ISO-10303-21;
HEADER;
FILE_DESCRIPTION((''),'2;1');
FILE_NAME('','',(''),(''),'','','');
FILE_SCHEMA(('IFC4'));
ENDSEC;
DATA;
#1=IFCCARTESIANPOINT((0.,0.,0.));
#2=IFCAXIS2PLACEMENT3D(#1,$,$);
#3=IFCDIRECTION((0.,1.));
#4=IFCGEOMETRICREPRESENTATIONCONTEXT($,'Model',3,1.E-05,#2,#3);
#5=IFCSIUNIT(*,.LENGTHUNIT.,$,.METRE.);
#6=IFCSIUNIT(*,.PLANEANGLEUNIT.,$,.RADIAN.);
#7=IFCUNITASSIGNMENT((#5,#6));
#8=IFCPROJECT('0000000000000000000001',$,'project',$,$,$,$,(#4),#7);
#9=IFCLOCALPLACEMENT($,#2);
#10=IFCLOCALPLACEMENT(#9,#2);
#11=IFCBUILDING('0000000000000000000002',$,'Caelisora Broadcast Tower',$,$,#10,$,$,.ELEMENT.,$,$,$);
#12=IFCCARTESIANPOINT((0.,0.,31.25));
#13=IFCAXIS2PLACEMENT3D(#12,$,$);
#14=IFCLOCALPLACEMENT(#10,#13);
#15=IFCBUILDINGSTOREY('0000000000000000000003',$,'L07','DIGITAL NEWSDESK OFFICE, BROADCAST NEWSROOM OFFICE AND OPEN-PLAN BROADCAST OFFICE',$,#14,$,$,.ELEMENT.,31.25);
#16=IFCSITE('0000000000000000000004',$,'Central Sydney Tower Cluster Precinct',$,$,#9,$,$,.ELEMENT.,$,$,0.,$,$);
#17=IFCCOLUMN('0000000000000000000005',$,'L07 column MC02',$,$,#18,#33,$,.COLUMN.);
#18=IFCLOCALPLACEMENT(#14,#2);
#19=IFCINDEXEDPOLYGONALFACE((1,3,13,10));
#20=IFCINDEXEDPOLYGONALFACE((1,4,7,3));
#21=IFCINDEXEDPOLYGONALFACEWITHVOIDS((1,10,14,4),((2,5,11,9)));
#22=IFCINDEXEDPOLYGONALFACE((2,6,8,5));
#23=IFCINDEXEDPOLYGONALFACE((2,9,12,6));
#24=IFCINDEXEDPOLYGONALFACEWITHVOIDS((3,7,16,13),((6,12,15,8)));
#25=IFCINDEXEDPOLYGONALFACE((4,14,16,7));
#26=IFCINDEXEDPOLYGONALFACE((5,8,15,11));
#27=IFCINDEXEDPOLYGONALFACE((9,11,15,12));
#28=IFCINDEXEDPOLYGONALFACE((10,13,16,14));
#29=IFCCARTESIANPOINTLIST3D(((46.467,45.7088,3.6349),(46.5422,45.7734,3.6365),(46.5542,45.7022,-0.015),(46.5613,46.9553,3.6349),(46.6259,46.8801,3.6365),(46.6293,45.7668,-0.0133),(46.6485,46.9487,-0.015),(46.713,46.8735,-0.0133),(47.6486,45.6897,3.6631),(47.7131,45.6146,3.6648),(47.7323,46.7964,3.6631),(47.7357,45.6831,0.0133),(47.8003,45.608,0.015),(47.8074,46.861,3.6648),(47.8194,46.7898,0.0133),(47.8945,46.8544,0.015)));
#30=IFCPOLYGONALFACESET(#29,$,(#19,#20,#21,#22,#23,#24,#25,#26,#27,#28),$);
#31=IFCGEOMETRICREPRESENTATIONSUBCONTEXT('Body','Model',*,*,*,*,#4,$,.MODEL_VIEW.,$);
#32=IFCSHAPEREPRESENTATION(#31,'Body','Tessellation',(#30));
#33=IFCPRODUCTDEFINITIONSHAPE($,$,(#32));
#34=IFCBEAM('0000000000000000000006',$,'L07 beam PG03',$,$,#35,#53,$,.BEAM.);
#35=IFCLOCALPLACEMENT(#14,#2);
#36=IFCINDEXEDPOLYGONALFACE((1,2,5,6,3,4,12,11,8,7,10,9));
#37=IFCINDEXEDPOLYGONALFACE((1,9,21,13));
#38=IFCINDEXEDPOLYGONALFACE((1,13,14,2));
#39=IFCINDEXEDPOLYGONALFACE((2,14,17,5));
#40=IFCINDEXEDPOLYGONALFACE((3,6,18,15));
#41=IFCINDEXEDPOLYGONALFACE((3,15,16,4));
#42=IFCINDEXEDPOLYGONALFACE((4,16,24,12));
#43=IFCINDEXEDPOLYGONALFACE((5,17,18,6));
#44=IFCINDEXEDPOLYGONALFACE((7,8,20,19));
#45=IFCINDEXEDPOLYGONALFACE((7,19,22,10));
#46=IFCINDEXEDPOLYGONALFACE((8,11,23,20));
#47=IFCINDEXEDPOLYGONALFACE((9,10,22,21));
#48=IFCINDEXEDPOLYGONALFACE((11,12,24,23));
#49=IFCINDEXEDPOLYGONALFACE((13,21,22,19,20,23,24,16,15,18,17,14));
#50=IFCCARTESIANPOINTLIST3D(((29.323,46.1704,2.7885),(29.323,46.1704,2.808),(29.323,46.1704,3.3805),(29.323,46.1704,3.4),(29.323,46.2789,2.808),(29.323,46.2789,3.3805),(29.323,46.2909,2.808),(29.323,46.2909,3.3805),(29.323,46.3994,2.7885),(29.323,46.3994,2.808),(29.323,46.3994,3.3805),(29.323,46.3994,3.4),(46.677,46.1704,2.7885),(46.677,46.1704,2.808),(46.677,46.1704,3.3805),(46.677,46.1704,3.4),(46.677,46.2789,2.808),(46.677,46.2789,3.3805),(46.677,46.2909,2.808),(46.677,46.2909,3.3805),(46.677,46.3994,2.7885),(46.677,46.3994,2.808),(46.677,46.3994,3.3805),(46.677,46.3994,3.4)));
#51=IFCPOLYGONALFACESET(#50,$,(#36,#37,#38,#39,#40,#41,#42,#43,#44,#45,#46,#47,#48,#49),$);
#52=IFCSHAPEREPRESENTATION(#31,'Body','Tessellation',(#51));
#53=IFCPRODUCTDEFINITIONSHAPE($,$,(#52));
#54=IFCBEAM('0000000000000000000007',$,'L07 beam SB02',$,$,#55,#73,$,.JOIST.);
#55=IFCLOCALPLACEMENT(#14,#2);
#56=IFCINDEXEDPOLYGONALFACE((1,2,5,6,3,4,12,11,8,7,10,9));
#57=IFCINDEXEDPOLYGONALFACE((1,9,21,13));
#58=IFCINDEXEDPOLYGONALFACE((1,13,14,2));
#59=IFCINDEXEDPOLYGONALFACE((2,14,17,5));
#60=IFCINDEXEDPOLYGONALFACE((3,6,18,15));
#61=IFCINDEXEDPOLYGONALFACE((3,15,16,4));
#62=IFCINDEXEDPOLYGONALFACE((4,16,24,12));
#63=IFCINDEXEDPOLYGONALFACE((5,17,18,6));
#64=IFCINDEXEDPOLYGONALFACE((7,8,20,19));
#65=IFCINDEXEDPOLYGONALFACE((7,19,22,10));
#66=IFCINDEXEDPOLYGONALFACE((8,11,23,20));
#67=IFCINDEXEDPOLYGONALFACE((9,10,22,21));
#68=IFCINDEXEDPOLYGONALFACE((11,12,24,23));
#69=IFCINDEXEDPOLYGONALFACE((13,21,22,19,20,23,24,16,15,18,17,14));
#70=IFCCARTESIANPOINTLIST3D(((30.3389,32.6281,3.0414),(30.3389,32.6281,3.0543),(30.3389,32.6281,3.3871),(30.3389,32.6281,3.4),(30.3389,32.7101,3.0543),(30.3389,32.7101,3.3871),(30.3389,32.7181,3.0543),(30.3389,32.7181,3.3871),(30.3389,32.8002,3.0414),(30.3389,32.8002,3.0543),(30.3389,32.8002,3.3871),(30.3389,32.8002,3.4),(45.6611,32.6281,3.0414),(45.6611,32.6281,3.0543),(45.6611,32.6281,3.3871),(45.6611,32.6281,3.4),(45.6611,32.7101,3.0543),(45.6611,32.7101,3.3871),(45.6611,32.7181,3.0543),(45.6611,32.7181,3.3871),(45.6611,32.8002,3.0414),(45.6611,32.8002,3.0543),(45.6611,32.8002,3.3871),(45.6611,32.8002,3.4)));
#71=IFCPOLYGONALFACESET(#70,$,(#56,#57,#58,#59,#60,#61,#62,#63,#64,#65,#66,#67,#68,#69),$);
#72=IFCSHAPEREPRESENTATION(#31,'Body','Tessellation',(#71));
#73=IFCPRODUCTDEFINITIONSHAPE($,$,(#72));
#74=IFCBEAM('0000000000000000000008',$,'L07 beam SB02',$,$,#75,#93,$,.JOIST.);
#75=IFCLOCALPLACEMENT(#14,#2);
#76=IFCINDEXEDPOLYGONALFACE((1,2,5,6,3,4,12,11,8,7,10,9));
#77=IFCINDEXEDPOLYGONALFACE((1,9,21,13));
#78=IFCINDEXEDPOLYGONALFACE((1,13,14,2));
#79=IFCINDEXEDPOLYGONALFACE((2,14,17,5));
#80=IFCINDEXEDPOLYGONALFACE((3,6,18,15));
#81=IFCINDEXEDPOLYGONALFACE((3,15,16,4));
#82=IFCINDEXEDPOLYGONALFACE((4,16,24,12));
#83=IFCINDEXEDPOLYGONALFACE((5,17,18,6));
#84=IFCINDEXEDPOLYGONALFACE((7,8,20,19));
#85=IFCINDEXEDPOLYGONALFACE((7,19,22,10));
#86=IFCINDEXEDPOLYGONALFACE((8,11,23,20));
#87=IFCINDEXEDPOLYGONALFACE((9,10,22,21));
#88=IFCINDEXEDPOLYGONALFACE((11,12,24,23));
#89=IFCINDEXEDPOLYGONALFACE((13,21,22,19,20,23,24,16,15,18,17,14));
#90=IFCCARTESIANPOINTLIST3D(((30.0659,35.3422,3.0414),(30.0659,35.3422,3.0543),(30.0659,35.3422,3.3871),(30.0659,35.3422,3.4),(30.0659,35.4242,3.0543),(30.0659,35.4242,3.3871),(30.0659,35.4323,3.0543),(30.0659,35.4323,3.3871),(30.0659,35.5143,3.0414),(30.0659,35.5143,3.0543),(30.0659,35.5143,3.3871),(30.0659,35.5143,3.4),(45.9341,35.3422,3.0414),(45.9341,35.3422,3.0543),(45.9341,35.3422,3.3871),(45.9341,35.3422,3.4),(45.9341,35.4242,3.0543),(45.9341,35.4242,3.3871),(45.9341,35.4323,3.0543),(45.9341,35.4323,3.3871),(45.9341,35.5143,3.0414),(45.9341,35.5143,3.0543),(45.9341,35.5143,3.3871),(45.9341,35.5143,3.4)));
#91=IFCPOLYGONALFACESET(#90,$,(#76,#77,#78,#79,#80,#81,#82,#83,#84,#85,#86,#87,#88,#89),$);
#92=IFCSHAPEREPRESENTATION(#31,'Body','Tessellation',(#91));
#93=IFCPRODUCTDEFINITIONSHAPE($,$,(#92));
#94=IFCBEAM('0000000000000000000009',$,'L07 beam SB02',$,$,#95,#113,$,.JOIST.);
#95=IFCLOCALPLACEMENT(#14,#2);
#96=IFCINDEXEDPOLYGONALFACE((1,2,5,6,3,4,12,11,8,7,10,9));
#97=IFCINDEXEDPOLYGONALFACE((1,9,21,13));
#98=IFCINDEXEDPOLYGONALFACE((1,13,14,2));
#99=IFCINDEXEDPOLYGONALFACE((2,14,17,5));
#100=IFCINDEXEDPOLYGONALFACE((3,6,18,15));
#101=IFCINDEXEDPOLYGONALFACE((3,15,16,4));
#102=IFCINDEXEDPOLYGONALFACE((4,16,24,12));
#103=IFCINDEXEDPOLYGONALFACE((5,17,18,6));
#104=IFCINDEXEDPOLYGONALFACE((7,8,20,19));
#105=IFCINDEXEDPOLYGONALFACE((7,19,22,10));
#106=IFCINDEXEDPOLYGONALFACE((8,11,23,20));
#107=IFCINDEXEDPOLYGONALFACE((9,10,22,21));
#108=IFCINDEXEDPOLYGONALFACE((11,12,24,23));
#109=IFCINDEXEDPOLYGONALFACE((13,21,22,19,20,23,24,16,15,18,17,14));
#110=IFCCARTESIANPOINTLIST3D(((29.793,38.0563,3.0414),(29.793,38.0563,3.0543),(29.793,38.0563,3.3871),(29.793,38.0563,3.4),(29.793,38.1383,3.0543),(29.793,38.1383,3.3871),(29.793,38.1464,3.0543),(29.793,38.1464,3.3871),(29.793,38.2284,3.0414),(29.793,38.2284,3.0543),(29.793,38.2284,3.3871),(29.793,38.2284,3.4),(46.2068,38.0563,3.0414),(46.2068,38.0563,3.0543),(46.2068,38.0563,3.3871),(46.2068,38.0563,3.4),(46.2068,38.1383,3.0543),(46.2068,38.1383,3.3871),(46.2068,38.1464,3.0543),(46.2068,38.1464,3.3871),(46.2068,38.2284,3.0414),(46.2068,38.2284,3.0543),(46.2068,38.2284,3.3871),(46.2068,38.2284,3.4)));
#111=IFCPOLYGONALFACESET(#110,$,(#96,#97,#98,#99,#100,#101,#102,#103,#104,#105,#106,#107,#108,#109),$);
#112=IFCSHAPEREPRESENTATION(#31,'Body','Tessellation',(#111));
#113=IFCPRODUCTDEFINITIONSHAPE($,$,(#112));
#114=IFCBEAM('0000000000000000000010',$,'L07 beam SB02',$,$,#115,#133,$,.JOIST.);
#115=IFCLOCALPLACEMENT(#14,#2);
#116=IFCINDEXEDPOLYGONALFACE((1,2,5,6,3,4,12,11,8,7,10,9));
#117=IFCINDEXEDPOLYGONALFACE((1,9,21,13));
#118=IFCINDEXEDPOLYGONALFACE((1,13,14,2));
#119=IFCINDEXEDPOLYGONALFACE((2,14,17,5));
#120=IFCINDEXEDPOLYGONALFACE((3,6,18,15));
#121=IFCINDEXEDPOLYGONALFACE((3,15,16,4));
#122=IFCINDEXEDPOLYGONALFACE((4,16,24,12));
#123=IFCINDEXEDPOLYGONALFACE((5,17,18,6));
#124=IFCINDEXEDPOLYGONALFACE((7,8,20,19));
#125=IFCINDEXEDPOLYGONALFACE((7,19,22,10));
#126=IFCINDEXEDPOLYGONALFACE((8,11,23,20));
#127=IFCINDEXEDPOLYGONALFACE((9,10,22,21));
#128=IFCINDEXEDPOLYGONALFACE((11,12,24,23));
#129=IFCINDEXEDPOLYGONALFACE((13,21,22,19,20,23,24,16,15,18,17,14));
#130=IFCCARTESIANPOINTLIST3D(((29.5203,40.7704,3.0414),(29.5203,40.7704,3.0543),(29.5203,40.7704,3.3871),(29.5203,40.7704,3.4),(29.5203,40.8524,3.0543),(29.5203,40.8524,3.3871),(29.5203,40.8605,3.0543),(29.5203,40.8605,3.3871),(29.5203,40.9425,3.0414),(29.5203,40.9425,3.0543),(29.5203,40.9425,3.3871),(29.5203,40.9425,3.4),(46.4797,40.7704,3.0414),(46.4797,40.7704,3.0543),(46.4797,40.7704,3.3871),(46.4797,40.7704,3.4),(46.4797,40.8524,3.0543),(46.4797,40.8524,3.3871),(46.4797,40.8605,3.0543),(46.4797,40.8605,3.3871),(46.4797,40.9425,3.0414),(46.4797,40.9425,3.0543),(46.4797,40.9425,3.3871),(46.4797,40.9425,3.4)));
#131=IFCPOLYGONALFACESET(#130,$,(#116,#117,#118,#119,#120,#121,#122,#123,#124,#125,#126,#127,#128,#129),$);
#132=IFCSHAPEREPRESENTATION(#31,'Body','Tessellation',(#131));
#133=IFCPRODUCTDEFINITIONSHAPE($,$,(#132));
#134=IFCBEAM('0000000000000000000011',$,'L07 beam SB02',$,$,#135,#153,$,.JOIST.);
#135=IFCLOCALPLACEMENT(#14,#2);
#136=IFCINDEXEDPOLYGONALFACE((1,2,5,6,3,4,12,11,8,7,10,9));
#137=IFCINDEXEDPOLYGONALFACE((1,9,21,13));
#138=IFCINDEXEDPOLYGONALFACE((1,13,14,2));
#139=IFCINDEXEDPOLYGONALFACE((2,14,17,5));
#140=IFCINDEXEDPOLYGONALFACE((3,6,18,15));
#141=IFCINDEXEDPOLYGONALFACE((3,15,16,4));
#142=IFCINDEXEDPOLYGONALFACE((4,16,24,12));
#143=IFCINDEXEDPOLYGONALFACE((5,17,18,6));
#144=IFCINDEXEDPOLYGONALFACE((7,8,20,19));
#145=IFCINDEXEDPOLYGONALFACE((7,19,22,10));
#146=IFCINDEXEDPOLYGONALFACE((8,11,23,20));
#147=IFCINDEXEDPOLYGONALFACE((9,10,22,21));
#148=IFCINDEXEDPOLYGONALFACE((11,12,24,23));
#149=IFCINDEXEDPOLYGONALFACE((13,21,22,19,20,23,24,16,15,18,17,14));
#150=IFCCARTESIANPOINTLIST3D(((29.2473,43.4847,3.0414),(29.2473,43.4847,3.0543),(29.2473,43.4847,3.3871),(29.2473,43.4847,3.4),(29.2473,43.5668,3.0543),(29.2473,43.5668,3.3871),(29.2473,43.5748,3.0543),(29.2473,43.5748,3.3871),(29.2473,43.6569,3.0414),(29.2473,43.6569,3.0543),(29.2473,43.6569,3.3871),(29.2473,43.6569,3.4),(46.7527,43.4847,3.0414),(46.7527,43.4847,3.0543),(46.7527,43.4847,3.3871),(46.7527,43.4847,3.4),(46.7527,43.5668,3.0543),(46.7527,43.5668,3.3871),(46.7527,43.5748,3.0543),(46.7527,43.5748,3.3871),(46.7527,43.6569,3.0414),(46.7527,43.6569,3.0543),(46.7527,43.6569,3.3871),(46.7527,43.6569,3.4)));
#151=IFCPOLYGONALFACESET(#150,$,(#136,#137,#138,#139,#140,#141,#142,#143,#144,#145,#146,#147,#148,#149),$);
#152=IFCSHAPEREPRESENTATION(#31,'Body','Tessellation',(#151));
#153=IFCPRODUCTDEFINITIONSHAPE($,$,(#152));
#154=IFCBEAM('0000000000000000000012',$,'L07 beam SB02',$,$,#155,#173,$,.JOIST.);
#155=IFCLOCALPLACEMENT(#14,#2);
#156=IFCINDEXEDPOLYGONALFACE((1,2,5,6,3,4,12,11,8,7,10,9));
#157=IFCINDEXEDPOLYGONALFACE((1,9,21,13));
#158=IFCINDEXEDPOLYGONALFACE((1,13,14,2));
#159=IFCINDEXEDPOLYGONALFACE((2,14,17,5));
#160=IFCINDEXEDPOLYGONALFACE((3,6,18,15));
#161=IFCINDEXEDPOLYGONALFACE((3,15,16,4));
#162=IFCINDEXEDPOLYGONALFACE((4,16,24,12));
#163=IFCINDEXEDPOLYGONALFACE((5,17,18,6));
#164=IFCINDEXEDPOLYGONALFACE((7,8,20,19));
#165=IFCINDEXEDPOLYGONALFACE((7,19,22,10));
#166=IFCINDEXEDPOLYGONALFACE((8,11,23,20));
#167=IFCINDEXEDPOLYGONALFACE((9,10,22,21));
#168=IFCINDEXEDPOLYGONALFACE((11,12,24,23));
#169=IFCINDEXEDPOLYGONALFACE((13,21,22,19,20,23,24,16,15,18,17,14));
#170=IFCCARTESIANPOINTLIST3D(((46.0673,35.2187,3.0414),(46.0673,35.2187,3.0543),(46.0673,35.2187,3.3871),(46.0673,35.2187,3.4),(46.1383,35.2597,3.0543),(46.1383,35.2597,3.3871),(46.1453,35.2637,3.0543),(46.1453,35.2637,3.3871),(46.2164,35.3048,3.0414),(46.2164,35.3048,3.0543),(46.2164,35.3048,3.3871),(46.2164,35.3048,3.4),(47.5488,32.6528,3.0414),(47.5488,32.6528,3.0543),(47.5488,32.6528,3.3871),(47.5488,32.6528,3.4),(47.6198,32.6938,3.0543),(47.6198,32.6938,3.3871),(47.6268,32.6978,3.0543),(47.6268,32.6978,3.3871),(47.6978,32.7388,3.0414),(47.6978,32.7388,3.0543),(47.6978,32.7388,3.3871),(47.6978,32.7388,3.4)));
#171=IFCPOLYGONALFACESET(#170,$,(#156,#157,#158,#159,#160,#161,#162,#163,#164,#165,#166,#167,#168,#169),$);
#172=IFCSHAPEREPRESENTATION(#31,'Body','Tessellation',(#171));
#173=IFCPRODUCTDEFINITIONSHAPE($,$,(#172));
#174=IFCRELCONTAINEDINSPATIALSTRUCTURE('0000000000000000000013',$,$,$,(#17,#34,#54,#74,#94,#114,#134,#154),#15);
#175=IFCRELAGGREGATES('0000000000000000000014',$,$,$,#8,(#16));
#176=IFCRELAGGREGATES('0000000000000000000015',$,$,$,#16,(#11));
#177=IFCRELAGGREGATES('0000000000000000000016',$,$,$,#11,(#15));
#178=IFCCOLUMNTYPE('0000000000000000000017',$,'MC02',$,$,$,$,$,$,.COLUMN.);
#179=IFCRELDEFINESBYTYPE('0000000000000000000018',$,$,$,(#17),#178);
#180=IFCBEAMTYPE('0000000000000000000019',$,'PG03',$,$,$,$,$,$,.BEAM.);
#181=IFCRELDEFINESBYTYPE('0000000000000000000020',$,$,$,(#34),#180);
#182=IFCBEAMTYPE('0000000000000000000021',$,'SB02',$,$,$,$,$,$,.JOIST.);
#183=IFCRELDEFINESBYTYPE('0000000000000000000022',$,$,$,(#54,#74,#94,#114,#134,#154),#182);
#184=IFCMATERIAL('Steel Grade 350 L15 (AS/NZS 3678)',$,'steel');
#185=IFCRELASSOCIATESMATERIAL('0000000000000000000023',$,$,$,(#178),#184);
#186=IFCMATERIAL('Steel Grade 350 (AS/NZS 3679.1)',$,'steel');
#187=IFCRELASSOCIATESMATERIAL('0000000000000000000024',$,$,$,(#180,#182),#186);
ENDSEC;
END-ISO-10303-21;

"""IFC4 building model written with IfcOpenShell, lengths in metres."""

from ifc_helpers import new_model, si_unit, direction, frame, origin, origin_2d, place, context, subcontext, project, spatial, hollow_rectangle, i_section, extrude, source, transform, mapped, material, material_profile, profile_set, type_object, type_shapes, element, save


model = new_model("IFC4")

# Units and contexts
model_context = context("Model", 3, precision=1e-05, world=origin(), true_north=direction((0.0, 1.0)))
body_context = subcontext(model_context, "Body", "Model", "MODEL_VIEW")
ifc_project = project(units=[si_unit("LENGTHUNIT", "METRE"), si_unit("PLANEANGLEUNIT", "RADIAN")], contexts=[model_context])

# Site, building, storey
site_placement = place(None, origin())
site = spatial("IfcSite", under=ifc_project, at=site_placement, Name="Central Sydney Tower Cluster Precinct", CompositionType="ELEMENT", RefElevation=0.0)
building_placement = place(site_placement, origin())
building = spatial("IfcBuilding", under=site, at=building_placement, Name="Caelisora Broadcast Tower", CompositionType="ELEMENT")
storey_placement = place(building_placement, frame((0.0, 0.0, 31.25)))
storey = spatial("IfcBuildingStorey", under=building, at=storey_placement, Name="L07", Description="DIGITAL NEWSDESK OFFICE, BROADCAST NEWSROOM OFFICE AND OPEN-PLAN BROADCAST OFFICE", CompositionType="ELEMENT", Elevation=31.25)

# Column
ifc_material_1 = material(Name="Steel Grade 350 L15 (AS/NZS 3678)", Category="steel")
ifc_material_profile_1 = material_profile(ifc_material_1, hollow_rectangle(XDim=1.25, YDim=1.25, WallThickness=0.0701, at=origin_2d()), Name="Steel Grade 350 L15 (AS/NZS 3678)")
ifc_profile_set_1 = profile_set([ifc_material_profile_1], Name="Steel Grade 350 L15 (AS/NZS 3678)")
column_type = type_object("IfcColumnType", Name="MC02", PredefinedType="COLUMN", material=ifc_profile_set_1)
shared_shape_1 = source(origin(), body_context, "Body", "SweptSolid", [
    extrude(hollow_rectangle(XDim=1.25, YDim=1.25, WallThickness=0.0701, at=origin_2d()), origin(), (0.0, 0.0, 1.0), 3.6509),
])
type_shapes(column_type, [shared_shape_1])
column_placement = place(storey_placement, frame((47.2244, 46.2783, 0.0), z_axis=(-0.023873, 0.001806, 0.999713), x_axis=(-0.075415, -0.997152, 0.0)))
element("IfcColumn", 1, at=column_placement, inside=storey, type_object=column_type, Name="L07 column MC02", PredefinedType="COLUMN", context=body_context, shape_type="MappedRepresentation", body=[
    mapped(shared_shape_1, transform((0.0, 0.0, 0.0), scale=1.0)),
])

# Beams
ifc_material_2 = material(Name="Steel Grade 350 (AS/NZS 3679.1)", Category="steel")
ifc_material_profile_2 = material_profile(ifc_material_2, i_section(OverallWidth=0.229, OverallDepth=0.6116, WebThickness=0.012, FlangeThickness=0.0195, at=origin_2d()), Name="Steel Grade 350 (AS/NZS 3679.1)")
ifc_profile_set_2 = profile_set([ifc_material_profile_2], Name="Steel Grade 350 (AS/NZS 3679.1)")
beam_type_1 = type_object("IfcBeamType", Name="PG03", PredefinedType="BEAM", material=ifc_profile_set_2)
shared_shape_2 = source(origin(), body_context, "Body", "SweptSolid", [
    extrude(i_section(OverallWidth=0.229, OverallDepth=0.6116, WebThickness=0.012, FlangeThickness=0.0195, at=origin_2d()), origin(), (0.0, 0.0, 1.0), 17.354),
])
type_shapes(beam_type_1, [shared_shape_2])
beam_1_placement = place(storey_placement, frame((46.677, 46.2849, 3.0942), z_axis=(-1.0, 0.0, 0.0), x_axis=(0.0, -1.0, 0.0)))
element("IfcBeam", 2, at=beam_1_placement, inside=storey, type_object=beam_type_1, Name="L07 beam PG03", PredefinedType="BEAM", context=body_context, shape_type="MappedRepresentation", body=[
    mapped(shared_shape_2, transform((0.0, 0.0, 0.0), scale=1.0)),
])
ifc_material_profile_3 = material_profile(ifc_material_2, i_section(OverallWidth=0.1721, OverallDepth=0.3586, WebThickness=0.0081, FlangeThickness=0.0129, at=origin_2d()), Name="Steel Grade 350 (AS/NZS 3679.1)")
ifc_profile_set_3 = profile_set([ifc_material_profile_3], Name="Steel Grade 350 (AS/NZS 3679.1)")
beam_type_2 = type_object("IfcBeamType", Name="SB02", PredefinedType="JOIST", material=ifc_profile_set_3)
shared_shape_3 = source(origin(), body_context, "Body", "SweptSolid", [
    extrude(i_section(OverallWidth=0.1721, OverallDepth=0.3586, WebThickness=0.0081, FlangeThickness=0.0129, at=origin_2d()), origin(), (0.0, 0.0, 1.0), 15.3223),
])
beam_2_placement = place(storey_placement, frame((45.6611, 32.7141, 3.2207), z_axis=(-1.0, 0.0, 0.0), x_axis=(0.0, -1.0, 0.0)))
element("IfcBeam", 3, at=beam_2_placement, inside=storey, type_object=beam_type_2, Name="L07 beam SB02", PredefinedType="JOIST", context=body_context, shape_type="MappedRepresentation", body=[
    mapped(shared_shape_3, transform((0.0, 0.0, 0.0), scale=1.0)),
])
shared_shape_4 = source(origin(), body_context, "Body", "SweptSolid", [
    extrude(i_section(OverallWidth=0.1721, OverallDepth=0.3586, WebThickness=0.0081, FlangeThickness=0.0129, at=origin_2d()), origin(), (0.0, 0.0, 1.0), 15.8682),
])
beam_3_placement = place(storey_placement, frame((45.9341, 35.4282, 3.2207), z_axis=(-1.0, 0.0, 0.0), x_axis=(0.0, -1.0, 0.0)))
element("IfcBeam", 4, at=beam_3_placement, inside=storey, type_object=beam_type_2, Name="L07 beam SB02", PredefinedType="JOIST", context=body_context, shape_type="MappedRepresentation", body=[
    mapped(shared_shape_4, transform((0.0, 0.0, 0.0), scale=1.0)),
])
shared_shape_5 = source(origin(), body_context, "Body", "SweptSolid", [
    extrude(i_section(OverallWidth=0.1721, OverallDepth=0.3586, WebThickness=0.0081, FlangeThickness=0.0129, at=origin_2d()), origin(), (0.0, 0.0, 1.0), 16.4138),
])
beam_4_placement = place(storey_placement, frame((46.2068, 38.1423, 3.2207), z_axis=(-1.0, 0.0, 0.0), x_axis=(0.0, -1.0, 0.0)))
element("IfcBeam", 5, at=beam_4_placement, inside=storey, type_object=beam_type_2, Name="L07 beam SB02", PredefinedType="JOIST", context=body_context, shape_type="MappedRepresentation", body=[
    mapped(shared_shape_5, transform((0.0, 0.0, 0.0), scale=1.0)),
])
shared_shape_6 = source(origin(), body_context, "Body", "SweptSolid", [
    extrude(i_section(OverallWidth=0.1721, OverallDepth=0.3586, WebThickness=0.0081, FlangeThickness=0.0129, at=origin_2d()), origin(), (0.0, 0.0, 1.0), 16.9595),
])
beam_5_placement = place(storey_placement, frame((46.4797, 40.8564, 3.2207), z_axis=(-1.0, 0.0, 0.0), x_axis=(0.0, -1.0, 0.0)))
element("IfcBeam", 6, at=beam_5_placement, inside=storey, type_object=beam_type_2, Name="L07 beam SB02", PredefinedType="JOIST", context=body_context, shape_type="MappedRepresentation", body=[
    mapped(shared_shape_6, transform((0.0, 0.0, 0.0), scale=1.0)),
])
shared_shape_7 = source(origin(), body_context, "Body", "SweptSolid", [
    extrude(i_section(OverallWidth=0.1721, OverallDepth=0.3586, WebThickness=0.0081, FlangeThickness=0.0129, at=origin_2d()), origin(), (0.0, 0.0, 1.0), 17.5054),
])
beam_6_placement = place(storey_placement, frame((46.7527, 43.5708, 3.2207), z_axis=(-1.0, 0.0, 0.0), x_axis=(0.0, -1.0, 0.0)))
element("IfcBeam", 7, at=beam_6_placement, inside=storey, type_object=beam_type_2, Name="L07 beam SB02", PredefinedType="JOIST", context=body_context, shape_type="MappedRepresentation", body=[
    mapped(shared_shape_7, transform((0.0, 0.0, 0.0), scale=1.0)),
])
shared_shape_8 = source(origin(), body_context, "Body", "SweptSolid", [
    extrude(i_section(OverallWidth=0.1721, OverallDepth=0.3586, WebThickness=0.0081, FlangeThickness=0.0129, at=origin_2d()), origin(), (0.0, 0.0, 1.0), 2.9629),
])
beam_7_placement = place(storey_placement, frame((47.6233, 32.6958, 3.2207), z_axis=(-0.500003, 0.866024, 0.0), x_axis=(-0.866024, -0.500003, 0.0)))
element("IfcBeam", 8, at=beam_7_placement, inside=storey, type_object=beam_type_2, Name="L07 beam SB02", PredefinedType="JOIST", context=body_context, shape_type="MappedRepresentation", body=[
    mapped(shared_shape_8, transform((0.0, 0.0, 0.0), scale=1.0)),
])

save(model, "model.ifc")
